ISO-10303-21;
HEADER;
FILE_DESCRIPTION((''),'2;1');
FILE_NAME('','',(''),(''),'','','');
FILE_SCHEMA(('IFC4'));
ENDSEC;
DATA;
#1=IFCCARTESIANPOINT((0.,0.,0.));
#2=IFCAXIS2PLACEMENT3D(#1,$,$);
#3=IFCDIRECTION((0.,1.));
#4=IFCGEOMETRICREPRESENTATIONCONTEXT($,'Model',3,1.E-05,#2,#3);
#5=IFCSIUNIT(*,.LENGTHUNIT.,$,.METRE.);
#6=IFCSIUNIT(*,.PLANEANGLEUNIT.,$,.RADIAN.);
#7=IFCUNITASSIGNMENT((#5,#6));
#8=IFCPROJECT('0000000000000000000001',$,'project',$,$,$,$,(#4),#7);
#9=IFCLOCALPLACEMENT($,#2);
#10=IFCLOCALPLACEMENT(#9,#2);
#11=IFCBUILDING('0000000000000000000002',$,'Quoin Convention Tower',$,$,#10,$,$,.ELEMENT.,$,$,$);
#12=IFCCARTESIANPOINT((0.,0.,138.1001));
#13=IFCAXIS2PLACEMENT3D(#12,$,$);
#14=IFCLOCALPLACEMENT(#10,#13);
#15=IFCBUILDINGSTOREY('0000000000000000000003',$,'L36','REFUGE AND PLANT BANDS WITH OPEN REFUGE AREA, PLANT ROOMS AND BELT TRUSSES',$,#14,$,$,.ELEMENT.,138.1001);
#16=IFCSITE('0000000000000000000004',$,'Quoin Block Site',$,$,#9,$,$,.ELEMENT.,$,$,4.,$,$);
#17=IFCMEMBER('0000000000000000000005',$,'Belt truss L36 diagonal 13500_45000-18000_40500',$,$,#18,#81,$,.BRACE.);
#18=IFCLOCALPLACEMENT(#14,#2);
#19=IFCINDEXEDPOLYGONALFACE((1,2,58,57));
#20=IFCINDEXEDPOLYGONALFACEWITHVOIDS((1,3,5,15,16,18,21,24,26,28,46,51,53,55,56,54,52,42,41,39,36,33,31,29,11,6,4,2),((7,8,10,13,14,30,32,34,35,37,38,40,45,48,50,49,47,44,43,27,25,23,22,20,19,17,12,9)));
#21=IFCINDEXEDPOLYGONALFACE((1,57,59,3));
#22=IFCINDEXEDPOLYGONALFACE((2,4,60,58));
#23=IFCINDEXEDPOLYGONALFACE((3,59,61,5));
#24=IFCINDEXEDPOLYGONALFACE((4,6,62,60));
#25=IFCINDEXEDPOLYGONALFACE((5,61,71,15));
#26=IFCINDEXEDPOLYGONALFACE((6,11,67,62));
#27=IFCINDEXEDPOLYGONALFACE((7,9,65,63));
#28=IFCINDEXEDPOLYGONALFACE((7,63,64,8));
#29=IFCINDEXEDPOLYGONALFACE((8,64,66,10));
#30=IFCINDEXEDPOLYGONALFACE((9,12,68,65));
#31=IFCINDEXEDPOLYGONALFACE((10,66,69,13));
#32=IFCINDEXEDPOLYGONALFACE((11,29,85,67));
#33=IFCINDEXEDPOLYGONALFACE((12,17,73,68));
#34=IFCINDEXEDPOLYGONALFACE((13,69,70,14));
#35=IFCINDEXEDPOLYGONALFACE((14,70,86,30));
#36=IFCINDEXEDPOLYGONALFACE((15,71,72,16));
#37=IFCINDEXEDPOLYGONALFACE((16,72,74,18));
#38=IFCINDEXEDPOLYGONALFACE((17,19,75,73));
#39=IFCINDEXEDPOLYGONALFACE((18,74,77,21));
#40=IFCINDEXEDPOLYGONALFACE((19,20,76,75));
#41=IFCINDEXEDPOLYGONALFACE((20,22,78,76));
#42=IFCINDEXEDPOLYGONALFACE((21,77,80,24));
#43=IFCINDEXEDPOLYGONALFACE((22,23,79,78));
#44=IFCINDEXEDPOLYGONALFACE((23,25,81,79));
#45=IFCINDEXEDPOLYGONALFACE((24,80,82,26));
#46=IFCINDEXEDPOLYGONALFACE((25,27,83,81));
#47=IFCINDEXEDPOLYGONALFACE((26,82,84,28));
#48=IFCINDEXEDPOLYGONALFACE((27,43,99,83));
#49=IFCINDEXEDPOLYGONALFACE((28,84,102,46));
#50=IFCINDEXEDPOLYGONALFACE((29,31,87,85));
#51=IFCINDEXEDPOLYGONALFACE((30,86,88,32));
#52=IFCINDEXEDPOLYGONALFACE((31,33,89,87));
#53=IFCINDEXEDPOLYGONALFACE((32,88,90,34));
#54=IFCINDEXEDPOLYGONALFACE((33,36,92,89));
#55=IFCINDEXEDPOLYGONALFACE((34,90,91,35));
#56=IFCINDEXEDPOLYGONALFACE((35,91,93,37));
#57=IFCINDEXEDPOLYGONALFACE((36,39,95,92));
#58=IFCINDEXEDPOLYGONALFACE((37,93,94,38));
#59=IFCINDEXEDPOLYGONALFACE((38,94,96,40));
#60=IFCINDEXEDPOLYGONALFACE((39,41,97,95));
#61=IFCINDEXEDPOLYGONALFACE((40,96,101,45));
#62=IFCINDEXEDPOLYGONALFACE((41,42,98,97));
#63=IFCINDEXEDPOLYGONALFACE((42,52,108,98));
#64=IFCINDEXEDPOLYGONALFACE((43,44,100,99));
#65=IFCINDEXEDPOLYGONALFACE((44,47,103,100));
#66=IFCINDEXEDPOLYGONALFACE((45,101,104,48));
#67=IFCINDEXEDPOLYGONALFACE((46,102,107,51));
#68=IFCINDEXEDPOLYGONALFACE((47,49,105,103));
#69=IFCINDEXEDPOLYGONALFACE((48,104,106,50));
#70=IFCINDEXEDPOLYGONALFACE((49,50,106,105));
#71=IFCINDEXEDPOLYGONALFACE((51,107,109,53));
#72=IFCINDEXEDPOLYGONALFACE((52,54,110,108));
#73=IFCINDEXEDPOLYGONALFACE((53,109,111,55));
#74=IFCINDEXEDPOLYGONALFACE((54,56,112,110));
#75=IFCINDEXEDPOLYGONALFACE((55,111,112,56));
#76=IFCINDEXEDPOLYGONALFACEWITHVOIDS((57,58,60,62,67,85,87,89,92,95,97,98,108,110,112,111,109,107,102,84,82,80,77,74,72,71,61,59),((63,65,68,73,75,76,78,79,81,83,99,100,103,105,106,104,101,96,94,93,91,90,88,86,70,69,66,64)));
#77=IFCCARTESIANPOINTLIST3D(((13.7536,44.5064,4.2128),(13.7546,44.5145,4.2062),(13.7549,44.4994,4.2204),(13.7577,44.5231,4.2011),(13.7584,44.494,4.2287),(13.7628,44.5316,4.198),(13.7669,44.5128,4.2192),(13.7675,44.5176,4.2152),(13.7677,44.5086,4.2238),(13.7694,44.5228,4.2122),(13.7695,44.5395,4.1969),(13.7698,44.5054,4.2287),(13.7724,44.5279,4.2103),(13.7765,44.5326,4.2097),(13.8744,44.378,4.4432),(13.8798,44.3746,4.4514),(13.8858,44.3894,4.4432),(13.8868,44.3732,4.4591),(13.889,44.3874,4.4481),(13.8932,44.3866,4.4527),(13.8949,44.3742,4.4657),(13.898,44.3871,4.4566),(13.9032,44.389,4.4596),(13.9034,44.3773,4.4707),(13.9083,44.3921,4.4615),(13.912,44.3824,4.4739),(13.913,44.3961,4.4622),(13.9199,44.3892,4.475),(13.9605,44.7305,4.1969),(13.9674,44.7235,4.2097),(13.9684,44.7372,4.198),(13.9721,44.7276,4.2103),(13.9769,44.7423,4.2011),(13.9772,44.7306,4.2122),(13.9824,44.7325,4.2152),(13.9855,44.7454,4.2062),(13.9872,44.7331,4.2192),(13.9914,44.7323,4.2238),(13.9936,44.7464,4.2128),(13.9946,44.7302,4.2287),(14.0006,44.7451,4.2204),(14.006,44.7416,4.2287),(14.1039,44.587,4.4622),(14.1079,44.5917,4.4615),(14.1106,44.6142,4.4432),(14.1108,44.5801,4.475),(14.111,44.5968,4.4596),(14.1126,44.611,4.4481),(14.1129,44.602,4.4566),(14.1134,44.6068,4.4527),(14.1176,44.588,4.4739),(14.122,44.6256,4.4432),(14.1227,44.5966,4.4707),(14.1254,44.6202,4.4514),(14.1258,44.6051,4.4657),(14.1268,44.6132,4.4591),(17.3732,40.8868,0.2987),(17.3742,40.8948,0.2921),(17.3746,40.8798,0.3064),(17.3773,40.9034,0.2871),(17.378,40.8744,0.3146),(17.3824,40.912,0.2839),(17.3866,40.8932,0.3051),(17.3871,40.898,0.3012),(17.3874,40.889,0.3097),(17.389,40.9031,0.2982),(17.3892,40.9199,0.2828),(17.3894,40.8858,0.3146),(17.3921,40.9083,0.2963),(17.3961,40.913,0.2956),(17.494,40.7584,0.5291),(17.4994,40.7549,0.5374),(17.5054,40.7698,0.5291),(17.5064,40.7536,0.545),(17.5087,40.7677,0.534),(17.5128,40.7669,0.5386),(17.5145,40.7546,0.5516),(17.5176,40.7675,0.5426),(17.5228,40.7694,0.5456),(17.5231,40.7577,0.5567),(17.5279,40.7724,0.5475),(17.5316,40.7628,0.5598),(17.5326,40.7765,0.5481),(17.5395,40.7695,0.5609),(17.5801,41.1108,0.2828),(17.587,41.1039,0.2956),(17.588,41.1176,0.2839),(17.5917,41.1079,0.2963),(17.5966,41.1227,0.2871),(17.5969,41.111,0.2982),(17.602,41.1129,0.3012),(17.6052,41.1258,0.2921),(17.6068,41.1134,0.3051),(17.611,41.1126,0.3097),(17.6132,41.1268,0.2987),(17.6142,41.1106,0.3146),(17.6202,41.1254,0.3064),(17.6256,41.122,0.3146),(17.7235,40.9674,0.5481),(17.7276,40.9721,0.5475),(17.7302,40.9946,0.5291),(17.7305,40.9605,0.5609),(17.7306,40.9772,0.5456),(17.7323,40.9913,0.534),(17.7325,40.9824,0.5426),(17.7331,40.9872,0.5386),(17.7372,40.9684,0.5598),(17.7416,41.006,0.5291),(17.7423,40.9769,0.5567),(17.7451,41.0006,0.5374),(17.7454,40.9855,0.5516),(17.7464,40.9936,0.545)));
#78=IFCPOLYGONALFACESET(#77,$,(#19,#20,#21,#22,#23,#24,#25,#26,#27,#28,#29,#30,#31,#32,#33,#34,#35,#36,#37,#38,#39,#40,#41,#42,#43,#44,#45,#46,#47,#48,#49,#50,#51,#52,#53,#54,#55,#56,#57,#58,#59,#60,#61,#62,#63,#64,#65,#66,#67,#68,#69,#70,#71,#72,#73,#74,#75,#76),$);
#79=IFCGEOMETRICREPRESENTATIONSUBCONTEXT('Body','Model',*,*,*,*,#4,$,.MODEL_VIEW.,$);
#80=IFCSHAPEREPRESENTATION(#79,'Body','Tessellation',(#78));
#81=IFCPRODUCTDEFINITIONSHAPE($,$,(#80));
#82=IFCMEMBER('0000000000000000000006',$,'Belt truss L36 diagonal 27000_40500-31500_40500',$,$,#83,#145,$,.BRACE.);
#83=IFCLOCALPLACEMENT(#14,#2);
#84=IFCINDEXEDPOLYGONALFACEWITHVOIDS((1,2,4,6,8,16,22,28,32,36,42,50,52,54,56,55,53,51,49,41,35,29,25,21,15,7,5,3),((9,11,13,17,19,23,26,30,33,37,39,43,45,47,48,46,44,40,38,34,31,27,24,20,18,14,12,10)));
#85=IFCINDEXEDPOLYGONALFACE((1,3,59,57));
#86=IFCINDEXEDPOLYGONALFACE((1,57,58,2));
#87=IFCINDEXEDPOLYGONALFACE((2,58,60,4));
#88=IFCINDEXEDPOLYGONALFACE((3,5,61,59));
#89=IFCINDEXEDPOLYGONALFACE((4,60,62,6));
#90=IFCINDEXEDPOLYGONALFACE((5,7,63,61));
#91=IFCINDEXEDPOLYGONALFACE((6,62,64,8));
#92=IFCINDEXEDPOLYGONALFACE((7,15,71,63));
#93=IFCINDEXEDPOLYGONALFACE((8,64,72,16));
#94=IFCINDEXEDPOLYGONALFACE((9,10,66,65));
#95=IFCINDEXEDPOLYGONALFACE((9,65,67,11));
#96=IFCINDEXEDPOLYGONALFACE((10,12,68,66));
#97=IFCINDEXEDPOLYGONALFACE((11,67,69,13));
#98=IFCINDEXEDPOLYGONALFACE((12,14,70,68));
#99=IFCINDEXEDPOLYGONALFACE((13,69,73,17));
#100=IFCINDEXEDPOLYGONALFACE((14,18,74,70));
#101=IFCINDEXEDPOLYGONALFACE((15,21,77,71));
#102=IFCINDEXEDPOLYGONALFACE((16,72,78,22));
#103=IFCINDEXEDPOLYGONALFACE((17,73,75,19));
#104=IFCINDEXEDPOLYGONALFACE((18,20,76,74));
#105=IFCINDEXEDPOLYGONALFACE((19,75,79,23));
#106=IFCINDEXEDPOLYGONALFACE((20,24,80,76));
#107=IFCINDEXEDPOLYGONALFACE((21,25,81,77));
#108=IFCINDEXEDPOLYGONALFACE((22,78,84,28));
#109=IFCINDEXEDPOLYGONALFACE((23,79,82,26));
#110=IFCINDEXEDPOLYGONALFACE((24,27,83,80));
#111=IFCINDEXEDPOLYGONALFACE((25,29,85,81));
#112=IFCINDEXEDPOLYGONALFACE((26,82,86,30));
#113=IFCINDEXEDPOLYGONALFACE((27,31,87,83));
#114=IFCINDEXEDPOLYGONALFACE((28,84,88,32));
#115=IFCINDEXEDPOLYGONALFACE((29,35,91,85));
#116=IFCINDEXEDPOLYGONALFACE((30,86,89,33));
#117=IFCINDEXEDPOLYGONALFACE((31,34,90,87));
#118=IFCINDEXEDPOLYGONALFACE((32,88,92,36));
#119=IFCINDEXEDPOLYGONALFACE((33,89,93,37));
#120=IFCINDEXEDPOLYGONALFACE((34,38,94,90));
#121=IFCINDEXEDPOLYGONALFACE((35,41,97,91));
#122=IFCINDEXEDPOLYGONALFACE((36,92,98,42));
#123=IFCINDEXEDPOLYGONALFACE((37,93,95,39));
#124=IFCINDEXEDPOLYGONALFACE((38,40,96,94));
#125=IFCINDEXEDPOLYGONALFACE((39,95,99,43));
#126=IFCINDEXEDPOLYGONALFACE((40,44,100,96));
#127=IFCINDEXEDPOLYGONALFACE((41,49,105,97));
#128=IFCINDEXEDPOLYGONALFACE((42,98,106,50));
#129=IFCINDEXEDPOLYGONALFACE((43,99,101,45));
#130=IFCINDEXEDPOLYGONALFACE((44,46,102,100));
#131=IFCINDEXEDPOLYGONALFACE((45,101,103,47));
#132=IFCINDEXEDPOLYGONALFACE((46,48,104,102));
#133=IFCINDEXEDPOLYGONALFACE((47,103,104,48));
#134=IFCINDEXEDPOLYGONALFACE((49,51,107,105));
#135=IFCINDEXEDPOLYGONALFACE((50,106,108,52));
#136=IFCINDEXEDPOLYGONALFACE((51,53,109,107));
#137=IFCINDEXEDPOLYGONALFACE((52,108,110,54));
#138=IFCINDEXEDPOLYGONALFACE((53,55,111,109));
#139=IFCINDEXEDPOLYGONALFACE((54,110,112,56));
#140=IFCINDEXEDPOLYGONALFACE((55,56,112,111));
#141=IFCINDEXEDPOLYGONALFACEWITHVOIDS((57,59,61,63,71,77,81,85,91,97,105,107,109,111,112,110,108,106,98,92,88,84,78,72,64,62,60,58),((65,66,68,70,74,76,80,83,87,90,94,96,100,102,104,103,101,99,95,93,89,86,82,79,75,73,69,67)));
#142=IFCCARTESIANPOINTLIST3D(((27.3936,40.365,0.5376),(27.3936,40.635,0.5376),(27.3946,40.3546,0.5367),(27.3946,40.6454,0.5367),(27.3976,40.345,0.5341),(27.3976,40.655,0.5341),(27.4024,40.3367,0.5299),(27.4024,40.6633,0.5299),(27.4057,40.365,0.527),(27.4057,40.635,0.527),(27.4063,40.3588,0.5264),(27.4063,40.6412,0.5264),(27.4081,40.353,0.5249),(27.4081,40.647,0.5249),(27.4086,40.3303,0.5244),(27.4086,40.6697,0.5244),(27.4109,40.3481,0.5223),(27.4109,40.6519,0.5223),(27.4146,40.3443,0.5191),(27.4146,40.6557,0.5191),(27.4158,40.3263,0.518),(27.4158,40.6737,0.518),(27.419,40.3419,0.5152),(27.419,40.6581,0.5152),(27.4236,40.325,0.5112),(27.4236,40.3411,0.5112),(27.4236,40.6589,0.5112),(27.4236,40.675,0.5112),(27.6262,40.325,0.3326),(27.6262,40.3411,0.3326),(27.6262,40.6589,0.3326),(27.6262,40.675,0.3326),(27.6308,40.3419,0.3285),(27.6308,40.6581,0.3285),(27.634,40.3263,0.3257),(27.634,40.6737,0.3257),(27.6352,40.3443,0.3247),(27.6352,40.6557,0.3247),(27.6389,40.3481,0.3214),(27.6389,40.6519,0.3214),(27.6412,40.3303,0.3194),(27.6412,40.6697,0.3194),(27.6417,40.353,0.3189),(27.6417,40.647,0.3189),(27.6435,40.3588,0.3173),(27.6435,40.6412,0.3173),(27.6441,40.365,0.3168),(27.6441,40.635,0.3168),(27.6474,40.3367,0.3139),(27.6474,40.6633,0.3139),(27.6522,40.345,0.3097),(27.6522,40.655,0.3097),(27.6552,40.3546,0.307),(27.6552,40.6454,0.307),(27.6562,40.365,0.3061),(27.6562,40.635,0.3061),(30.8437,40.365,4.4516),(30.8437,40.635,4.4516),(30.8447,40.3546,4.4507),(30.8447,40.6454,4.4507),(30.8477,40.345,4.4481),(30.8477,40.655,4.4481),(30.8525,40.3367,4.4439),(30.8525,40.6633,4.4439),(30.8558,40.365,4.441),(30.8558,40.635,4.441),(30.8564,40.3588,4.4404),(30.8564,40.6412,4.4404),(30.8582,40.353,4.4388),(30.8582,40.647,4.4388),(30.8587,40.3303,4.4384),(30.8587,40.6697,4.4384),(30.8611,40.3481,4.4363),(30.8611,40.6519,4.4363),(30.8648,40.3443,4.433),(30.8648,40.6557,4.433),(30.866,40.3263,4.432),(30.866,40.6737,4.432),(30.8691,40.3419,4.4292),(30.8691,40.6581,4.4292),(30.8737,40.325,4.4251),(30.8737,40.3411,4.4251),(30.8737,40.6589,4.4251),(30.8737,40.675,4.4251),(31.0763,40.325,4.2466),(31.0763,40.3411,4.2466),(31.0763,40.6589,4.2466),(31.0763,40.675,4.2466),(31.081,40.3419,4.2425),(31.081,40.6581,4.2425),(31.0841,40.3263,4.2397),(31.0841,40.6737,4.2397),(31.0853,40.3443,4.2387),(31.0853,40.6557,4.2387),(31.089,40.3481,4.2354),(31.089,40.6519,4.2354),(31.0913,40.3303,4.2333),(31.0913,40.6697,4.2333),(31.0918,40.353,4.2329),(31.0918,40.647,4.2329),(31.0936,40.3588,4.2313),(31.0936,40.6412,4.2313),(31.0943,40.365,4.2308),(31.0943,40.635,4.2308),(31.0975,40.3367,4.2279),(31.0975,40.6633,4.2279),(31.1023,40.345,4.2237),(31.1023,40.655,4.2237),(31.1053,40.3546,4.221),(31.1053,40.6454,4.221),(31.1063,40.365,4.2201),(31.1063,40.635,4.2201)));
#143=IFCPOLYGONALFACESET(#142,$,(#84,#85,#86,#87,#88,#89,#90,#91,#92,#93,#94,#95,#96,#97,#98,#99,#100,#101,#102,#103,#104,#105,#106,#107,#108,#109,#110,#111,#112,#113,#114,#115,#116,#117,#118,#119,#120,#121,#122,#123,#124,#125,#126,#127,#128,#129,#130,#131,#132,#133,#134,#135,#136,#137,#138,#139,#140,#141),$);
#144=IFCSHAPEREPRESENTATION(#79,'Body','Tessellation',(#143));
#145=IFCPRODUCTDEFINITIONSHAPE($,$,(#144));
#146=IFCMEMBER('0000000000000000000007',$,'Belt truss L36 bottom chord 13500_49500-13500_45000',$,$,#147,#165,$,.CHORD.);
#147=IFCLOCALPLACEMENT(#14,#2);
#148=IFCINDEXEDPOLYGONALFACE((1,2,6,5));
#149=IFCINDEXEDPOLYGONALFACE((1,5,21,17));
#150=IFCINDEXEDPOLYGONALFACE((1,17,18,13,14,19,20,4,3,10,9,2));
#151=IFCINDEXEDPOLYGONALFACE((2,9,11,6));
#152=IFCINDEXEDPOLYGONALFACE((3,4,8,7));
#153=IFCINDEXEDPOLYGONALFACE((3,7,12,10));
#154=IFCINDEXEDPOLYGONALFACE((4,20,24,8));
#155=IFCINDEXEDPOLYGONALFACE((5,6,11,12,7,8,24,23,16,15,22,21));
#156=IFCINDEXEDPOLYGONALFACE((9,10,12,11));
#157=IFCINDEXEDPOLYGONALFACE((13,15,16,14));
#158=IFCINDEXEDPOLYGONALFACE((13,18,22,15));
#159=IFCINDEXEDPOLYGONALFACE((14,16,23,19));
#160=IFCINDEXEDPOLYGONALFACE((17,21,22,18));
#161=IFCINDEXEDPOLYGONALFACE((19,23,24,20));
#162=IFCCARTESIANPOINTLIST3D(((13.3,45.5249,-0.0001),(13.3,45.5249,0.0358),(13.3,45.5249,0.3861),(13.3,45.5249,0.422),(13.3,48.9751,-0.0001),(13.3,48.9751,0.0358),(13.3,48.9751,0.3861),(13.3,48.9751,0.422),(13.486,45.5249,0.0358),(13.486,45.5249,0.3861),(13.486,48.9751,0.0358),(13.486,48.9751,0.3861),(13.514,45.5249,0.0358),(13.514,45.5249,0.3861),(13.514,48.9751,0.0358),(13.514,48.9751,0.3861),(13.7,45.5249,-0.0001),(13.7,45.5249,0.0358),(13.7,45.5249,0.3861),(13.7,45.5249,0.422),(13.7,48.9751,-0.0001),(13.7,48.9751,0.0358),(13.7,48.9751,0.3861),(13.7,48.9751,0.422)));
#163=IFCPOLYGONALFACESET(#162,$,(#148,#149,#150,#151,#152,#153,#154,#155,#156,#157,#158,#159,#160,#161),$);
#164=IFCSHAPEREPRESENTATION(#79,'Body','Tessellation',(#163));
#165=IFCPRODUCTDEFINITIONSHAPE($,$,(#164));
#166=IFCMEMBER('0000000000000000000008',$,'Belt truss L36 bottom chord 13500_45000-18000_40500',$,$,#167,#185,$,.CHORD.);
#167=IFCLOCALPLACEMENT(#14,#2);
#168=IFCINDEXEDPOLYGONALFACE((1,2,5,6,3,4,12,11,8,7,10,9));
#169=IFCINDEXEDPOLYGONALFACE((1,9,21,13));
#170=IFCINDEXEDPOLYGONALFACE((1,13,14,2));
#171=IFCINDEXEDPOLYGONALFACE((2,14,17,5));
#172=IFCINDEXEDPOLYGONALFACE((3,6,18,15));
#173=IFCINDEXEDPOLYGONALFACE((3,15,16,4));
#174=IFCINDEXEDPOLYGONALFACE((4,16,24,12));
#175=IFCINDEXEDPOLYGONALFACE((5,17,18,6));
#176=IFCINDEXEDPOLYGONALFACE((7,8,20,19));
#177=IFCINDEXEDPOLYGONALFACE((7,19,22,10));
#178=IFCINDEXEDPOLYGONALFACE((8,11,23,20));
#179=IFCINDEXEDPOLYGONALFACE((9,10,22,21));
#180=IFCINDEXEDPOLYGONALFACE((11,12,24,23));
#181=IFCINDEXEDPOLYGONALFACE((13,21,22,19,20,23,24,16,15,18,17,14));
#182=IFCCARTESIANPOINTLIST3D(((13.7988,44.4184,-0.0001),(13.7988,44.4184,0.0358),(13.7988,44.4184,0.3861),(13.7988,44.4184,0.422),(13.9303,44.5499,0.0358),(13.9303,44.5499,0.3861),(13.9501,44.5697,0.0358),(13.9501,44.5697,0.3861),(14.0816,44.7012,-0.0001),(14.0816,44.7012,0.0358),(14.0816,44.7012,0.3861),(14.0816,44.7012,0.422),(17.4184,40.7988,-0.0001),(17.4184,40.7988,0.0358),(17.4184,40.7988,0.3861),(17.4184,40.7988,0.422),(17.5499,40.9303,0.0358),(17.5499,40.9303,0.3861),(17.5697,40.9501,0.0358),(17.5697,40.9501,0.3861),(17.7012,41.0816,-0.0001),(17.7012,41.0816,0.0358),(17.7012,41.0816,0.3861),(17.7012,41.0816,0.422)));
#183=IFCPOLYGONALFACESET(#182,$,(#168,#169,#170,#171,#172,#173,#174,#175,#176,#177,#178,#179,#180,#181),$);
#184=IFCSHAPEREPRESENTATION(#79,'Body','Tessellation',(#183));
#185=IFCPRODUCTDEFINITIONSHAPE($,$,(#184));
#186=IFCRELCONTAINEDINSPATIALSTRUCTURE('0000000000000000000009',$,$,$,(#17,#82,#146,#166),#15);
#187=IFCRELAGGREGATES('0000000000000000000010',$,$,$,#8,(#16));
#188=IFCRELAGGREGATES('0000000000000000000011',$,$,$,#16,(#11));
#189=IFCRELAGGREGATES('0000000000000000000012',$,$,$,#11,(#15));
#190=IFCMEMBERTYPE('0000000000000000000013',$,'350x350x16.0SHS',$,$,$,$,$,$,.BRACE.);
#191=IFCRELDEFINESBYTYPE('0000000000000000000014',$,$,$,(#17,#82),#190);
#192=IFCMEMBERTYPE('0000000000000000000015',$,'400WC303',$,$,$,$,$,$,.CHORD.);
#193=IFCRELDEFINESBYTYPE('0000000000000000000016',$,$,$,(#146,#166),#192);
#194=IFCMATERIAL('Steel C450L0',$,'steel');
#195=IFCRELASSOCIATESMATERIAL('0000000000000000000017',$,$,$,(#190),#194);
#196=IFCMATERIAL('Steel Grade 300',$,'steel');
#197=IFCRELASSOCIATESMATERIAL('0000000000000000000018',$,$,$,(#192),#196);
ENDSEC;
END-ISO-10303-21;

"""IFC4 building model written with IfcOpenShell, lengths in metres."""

from ifc_helpers import new_model, si_unit, direction, frame, origin, origin_2d, place, context, subcontext, project, spatial, hollow_rectangle, i_section, extrude, material, material_profile, profile_set, type_object, element, save


model = new_model("IFC4")

# Units and contexts
model_context = context("Model", 3, precision=1e-05, world=origin(), true_north=direction((0.0, 1.0)))
body_context = subcontext(model_context, "Body", "Model", "MODEL_VIEW")
ifc_project = project(units=[si_unit("LENGTHUNIT", "METRE"), si_unit("PLANEANGLEUNIT", "RADIAN")], contexts=[model_context])

# Site, building, storey
site_placement = place(None, origin())
site = spatial("IfcSite", under=ifc_project, at=site_placement, Name="Quoin Block Site", CompositionType="ELEMENT", RefElevation=4.0)
building_placement = place(site_placement, origin())
building = spatial("IfcBuilding", under=site, at=building_placement, Name="Quoin Convention Tower", CompositionType="ELEMENT")
storey_placement = place(building_placement, frame((0.0, 0.0, 138.1001)))
storey = spatial("IfcBuildingStorey", under=building, at=storey_placement, Name="L36", Description="REFUGE AND PLANT BANDS WITH OPEN REFUGE AREA, PLANT ROOMS AND BELT TRUSSES", CompositionType="ELEMENT", Elevation=138.1001)

# Shared definitions
ifc_material_1 = material(Name="Steel Grade 300", Category="steel")
ifc_material_2 = material(Name="Steel C450L0", Category="steel")

# Members
ifc_material_profile_1 = material_profile(ifc_material_2, hollow_rectangle(XDim=0.3501, YDim=0.3501, WallThickness=0.0161, InnerFilletRadius=0.0239, OuterFilletRadius=0.04, at=origin_2d()), Name="350x350x16.0SHS")
ifc_profile_set_1 = profile_set([ifc_material_profile_1], Name="Steel C450L0")
member_type_1 = type_object("IfcMemberType", Name="350x350x16.0SHS", PredefinedType="BRACE", material=ifc_profile_set_1)
member_1_placement = place(storey_placement, frame((17.5598, 40.9402, 0.4219), z_axis=(-0.561718, 0.561718, 0.60741), x_axis=(-0.707107, -0.707107, 0.0)))
element("IfcMember", 1, at=member_1_placement, inside=storey, type_object=member_type_1, Name="Belt truss L36 diagonal 13500_45000-18000_40500", PredefinedType="BRACE", context=body_context, shape_type="SweptSolid", body=[
    extrude(hollow_rectangle(XDim=0.3501, YDim=0.3501, WallThickness=0.0161, InnerFilletRadius=0.0239, OuterFilletRadius=0.04, at=origin_2d()), origin(), (0.0, 0.0, 1.0), 6.4438),
])
member_2_placement = place(storey_placement, frame((27.5249, 40.5, 0.4219), z_axis=(0.661256, 0.0, 0.75016), x_axis=(0.0, 1.0, 0.0)))
element("IfcMember", 2, at=member_2_placement, inside=storey, type_object=member_type_1, Name="Belt truss L36 diagonal 27000_40500-31500_40500", PredefinedType="BRACE", context=body_context, shape_type="SweptSolid", body=[
    extrude(hollow_rectangle(XDim=0.3501, YDim=0.3501, WallThickness=0.0161, InnerFilletRadius=0.0239, OuterFilletRadius=0.04, at=origin_2d()), origin(), (0.0, 0.0, 1.0), 5.2175),
])
ifc_material_profile_2 = material_profile(ifc_material_1, i_section(OverallWidth=0.3999, OverallDepth=0.4221, WebThickness=0.0281, FlangeThickness=0.0359, at=origin_2d()), Name="400WC303")
ifc_profile_set_2 = profile_set([ifc_material_profile_2], Name="Steel Grade 300")
member_type_2 = type_object("IfcMemberType", Name="400WC303", PredefinedType="CHORD", material=ifc_profile_set_2)
member_3_placement = place(storey_placement, frame((13.5, 48.9751, 0.2109), z_axis=(0.0, -1.0, 0.0), x_axis=(1.0, 0.0, 0.0)))
element("IfcMember", 3, at=member_3_placement, inside=storey, type_object=member_type_2, Name="Belt truss L36 bottom chord 13500_49500-13500_45000", PredefinedType="CHORD", context=body_context, shape_type="SweptSolid", body=[
    extrude(i_section(OverallWidth=0.3999, OverallDepth=0.4221, WebThickness=0.0281, FlangeThickness=0.0359, at=origin_2d()), origin(), (0.0, 0.0, 1.0), 3.4502),
])
member_4_placement = place(storey_placement, frame((13.9402, 44.5598, 0.2109), z_axis=(0.707107, -0.707107, 0.0), x_axis=(0.707107, 0.707107, 0.0)))
element("IfcMember", 4, at=member_4_placement, inside=storey, type_object=member_type_2, Name="Belt truss L36 bottom chord 13500_45000-18000_40500", PredefinedType="CHORD", context=body_context, shape_type="SweptSolid", body=[
    extrude(i_section(OverallWidth=0.3999, OverallDepth=0.4221, WebThickness=0.0281, FlangeThickness=0.0359, at=origin_2d()), origin(), (0.0, 0.0, 1.0), 5.1189),
])

save(model, "model.ifc")
